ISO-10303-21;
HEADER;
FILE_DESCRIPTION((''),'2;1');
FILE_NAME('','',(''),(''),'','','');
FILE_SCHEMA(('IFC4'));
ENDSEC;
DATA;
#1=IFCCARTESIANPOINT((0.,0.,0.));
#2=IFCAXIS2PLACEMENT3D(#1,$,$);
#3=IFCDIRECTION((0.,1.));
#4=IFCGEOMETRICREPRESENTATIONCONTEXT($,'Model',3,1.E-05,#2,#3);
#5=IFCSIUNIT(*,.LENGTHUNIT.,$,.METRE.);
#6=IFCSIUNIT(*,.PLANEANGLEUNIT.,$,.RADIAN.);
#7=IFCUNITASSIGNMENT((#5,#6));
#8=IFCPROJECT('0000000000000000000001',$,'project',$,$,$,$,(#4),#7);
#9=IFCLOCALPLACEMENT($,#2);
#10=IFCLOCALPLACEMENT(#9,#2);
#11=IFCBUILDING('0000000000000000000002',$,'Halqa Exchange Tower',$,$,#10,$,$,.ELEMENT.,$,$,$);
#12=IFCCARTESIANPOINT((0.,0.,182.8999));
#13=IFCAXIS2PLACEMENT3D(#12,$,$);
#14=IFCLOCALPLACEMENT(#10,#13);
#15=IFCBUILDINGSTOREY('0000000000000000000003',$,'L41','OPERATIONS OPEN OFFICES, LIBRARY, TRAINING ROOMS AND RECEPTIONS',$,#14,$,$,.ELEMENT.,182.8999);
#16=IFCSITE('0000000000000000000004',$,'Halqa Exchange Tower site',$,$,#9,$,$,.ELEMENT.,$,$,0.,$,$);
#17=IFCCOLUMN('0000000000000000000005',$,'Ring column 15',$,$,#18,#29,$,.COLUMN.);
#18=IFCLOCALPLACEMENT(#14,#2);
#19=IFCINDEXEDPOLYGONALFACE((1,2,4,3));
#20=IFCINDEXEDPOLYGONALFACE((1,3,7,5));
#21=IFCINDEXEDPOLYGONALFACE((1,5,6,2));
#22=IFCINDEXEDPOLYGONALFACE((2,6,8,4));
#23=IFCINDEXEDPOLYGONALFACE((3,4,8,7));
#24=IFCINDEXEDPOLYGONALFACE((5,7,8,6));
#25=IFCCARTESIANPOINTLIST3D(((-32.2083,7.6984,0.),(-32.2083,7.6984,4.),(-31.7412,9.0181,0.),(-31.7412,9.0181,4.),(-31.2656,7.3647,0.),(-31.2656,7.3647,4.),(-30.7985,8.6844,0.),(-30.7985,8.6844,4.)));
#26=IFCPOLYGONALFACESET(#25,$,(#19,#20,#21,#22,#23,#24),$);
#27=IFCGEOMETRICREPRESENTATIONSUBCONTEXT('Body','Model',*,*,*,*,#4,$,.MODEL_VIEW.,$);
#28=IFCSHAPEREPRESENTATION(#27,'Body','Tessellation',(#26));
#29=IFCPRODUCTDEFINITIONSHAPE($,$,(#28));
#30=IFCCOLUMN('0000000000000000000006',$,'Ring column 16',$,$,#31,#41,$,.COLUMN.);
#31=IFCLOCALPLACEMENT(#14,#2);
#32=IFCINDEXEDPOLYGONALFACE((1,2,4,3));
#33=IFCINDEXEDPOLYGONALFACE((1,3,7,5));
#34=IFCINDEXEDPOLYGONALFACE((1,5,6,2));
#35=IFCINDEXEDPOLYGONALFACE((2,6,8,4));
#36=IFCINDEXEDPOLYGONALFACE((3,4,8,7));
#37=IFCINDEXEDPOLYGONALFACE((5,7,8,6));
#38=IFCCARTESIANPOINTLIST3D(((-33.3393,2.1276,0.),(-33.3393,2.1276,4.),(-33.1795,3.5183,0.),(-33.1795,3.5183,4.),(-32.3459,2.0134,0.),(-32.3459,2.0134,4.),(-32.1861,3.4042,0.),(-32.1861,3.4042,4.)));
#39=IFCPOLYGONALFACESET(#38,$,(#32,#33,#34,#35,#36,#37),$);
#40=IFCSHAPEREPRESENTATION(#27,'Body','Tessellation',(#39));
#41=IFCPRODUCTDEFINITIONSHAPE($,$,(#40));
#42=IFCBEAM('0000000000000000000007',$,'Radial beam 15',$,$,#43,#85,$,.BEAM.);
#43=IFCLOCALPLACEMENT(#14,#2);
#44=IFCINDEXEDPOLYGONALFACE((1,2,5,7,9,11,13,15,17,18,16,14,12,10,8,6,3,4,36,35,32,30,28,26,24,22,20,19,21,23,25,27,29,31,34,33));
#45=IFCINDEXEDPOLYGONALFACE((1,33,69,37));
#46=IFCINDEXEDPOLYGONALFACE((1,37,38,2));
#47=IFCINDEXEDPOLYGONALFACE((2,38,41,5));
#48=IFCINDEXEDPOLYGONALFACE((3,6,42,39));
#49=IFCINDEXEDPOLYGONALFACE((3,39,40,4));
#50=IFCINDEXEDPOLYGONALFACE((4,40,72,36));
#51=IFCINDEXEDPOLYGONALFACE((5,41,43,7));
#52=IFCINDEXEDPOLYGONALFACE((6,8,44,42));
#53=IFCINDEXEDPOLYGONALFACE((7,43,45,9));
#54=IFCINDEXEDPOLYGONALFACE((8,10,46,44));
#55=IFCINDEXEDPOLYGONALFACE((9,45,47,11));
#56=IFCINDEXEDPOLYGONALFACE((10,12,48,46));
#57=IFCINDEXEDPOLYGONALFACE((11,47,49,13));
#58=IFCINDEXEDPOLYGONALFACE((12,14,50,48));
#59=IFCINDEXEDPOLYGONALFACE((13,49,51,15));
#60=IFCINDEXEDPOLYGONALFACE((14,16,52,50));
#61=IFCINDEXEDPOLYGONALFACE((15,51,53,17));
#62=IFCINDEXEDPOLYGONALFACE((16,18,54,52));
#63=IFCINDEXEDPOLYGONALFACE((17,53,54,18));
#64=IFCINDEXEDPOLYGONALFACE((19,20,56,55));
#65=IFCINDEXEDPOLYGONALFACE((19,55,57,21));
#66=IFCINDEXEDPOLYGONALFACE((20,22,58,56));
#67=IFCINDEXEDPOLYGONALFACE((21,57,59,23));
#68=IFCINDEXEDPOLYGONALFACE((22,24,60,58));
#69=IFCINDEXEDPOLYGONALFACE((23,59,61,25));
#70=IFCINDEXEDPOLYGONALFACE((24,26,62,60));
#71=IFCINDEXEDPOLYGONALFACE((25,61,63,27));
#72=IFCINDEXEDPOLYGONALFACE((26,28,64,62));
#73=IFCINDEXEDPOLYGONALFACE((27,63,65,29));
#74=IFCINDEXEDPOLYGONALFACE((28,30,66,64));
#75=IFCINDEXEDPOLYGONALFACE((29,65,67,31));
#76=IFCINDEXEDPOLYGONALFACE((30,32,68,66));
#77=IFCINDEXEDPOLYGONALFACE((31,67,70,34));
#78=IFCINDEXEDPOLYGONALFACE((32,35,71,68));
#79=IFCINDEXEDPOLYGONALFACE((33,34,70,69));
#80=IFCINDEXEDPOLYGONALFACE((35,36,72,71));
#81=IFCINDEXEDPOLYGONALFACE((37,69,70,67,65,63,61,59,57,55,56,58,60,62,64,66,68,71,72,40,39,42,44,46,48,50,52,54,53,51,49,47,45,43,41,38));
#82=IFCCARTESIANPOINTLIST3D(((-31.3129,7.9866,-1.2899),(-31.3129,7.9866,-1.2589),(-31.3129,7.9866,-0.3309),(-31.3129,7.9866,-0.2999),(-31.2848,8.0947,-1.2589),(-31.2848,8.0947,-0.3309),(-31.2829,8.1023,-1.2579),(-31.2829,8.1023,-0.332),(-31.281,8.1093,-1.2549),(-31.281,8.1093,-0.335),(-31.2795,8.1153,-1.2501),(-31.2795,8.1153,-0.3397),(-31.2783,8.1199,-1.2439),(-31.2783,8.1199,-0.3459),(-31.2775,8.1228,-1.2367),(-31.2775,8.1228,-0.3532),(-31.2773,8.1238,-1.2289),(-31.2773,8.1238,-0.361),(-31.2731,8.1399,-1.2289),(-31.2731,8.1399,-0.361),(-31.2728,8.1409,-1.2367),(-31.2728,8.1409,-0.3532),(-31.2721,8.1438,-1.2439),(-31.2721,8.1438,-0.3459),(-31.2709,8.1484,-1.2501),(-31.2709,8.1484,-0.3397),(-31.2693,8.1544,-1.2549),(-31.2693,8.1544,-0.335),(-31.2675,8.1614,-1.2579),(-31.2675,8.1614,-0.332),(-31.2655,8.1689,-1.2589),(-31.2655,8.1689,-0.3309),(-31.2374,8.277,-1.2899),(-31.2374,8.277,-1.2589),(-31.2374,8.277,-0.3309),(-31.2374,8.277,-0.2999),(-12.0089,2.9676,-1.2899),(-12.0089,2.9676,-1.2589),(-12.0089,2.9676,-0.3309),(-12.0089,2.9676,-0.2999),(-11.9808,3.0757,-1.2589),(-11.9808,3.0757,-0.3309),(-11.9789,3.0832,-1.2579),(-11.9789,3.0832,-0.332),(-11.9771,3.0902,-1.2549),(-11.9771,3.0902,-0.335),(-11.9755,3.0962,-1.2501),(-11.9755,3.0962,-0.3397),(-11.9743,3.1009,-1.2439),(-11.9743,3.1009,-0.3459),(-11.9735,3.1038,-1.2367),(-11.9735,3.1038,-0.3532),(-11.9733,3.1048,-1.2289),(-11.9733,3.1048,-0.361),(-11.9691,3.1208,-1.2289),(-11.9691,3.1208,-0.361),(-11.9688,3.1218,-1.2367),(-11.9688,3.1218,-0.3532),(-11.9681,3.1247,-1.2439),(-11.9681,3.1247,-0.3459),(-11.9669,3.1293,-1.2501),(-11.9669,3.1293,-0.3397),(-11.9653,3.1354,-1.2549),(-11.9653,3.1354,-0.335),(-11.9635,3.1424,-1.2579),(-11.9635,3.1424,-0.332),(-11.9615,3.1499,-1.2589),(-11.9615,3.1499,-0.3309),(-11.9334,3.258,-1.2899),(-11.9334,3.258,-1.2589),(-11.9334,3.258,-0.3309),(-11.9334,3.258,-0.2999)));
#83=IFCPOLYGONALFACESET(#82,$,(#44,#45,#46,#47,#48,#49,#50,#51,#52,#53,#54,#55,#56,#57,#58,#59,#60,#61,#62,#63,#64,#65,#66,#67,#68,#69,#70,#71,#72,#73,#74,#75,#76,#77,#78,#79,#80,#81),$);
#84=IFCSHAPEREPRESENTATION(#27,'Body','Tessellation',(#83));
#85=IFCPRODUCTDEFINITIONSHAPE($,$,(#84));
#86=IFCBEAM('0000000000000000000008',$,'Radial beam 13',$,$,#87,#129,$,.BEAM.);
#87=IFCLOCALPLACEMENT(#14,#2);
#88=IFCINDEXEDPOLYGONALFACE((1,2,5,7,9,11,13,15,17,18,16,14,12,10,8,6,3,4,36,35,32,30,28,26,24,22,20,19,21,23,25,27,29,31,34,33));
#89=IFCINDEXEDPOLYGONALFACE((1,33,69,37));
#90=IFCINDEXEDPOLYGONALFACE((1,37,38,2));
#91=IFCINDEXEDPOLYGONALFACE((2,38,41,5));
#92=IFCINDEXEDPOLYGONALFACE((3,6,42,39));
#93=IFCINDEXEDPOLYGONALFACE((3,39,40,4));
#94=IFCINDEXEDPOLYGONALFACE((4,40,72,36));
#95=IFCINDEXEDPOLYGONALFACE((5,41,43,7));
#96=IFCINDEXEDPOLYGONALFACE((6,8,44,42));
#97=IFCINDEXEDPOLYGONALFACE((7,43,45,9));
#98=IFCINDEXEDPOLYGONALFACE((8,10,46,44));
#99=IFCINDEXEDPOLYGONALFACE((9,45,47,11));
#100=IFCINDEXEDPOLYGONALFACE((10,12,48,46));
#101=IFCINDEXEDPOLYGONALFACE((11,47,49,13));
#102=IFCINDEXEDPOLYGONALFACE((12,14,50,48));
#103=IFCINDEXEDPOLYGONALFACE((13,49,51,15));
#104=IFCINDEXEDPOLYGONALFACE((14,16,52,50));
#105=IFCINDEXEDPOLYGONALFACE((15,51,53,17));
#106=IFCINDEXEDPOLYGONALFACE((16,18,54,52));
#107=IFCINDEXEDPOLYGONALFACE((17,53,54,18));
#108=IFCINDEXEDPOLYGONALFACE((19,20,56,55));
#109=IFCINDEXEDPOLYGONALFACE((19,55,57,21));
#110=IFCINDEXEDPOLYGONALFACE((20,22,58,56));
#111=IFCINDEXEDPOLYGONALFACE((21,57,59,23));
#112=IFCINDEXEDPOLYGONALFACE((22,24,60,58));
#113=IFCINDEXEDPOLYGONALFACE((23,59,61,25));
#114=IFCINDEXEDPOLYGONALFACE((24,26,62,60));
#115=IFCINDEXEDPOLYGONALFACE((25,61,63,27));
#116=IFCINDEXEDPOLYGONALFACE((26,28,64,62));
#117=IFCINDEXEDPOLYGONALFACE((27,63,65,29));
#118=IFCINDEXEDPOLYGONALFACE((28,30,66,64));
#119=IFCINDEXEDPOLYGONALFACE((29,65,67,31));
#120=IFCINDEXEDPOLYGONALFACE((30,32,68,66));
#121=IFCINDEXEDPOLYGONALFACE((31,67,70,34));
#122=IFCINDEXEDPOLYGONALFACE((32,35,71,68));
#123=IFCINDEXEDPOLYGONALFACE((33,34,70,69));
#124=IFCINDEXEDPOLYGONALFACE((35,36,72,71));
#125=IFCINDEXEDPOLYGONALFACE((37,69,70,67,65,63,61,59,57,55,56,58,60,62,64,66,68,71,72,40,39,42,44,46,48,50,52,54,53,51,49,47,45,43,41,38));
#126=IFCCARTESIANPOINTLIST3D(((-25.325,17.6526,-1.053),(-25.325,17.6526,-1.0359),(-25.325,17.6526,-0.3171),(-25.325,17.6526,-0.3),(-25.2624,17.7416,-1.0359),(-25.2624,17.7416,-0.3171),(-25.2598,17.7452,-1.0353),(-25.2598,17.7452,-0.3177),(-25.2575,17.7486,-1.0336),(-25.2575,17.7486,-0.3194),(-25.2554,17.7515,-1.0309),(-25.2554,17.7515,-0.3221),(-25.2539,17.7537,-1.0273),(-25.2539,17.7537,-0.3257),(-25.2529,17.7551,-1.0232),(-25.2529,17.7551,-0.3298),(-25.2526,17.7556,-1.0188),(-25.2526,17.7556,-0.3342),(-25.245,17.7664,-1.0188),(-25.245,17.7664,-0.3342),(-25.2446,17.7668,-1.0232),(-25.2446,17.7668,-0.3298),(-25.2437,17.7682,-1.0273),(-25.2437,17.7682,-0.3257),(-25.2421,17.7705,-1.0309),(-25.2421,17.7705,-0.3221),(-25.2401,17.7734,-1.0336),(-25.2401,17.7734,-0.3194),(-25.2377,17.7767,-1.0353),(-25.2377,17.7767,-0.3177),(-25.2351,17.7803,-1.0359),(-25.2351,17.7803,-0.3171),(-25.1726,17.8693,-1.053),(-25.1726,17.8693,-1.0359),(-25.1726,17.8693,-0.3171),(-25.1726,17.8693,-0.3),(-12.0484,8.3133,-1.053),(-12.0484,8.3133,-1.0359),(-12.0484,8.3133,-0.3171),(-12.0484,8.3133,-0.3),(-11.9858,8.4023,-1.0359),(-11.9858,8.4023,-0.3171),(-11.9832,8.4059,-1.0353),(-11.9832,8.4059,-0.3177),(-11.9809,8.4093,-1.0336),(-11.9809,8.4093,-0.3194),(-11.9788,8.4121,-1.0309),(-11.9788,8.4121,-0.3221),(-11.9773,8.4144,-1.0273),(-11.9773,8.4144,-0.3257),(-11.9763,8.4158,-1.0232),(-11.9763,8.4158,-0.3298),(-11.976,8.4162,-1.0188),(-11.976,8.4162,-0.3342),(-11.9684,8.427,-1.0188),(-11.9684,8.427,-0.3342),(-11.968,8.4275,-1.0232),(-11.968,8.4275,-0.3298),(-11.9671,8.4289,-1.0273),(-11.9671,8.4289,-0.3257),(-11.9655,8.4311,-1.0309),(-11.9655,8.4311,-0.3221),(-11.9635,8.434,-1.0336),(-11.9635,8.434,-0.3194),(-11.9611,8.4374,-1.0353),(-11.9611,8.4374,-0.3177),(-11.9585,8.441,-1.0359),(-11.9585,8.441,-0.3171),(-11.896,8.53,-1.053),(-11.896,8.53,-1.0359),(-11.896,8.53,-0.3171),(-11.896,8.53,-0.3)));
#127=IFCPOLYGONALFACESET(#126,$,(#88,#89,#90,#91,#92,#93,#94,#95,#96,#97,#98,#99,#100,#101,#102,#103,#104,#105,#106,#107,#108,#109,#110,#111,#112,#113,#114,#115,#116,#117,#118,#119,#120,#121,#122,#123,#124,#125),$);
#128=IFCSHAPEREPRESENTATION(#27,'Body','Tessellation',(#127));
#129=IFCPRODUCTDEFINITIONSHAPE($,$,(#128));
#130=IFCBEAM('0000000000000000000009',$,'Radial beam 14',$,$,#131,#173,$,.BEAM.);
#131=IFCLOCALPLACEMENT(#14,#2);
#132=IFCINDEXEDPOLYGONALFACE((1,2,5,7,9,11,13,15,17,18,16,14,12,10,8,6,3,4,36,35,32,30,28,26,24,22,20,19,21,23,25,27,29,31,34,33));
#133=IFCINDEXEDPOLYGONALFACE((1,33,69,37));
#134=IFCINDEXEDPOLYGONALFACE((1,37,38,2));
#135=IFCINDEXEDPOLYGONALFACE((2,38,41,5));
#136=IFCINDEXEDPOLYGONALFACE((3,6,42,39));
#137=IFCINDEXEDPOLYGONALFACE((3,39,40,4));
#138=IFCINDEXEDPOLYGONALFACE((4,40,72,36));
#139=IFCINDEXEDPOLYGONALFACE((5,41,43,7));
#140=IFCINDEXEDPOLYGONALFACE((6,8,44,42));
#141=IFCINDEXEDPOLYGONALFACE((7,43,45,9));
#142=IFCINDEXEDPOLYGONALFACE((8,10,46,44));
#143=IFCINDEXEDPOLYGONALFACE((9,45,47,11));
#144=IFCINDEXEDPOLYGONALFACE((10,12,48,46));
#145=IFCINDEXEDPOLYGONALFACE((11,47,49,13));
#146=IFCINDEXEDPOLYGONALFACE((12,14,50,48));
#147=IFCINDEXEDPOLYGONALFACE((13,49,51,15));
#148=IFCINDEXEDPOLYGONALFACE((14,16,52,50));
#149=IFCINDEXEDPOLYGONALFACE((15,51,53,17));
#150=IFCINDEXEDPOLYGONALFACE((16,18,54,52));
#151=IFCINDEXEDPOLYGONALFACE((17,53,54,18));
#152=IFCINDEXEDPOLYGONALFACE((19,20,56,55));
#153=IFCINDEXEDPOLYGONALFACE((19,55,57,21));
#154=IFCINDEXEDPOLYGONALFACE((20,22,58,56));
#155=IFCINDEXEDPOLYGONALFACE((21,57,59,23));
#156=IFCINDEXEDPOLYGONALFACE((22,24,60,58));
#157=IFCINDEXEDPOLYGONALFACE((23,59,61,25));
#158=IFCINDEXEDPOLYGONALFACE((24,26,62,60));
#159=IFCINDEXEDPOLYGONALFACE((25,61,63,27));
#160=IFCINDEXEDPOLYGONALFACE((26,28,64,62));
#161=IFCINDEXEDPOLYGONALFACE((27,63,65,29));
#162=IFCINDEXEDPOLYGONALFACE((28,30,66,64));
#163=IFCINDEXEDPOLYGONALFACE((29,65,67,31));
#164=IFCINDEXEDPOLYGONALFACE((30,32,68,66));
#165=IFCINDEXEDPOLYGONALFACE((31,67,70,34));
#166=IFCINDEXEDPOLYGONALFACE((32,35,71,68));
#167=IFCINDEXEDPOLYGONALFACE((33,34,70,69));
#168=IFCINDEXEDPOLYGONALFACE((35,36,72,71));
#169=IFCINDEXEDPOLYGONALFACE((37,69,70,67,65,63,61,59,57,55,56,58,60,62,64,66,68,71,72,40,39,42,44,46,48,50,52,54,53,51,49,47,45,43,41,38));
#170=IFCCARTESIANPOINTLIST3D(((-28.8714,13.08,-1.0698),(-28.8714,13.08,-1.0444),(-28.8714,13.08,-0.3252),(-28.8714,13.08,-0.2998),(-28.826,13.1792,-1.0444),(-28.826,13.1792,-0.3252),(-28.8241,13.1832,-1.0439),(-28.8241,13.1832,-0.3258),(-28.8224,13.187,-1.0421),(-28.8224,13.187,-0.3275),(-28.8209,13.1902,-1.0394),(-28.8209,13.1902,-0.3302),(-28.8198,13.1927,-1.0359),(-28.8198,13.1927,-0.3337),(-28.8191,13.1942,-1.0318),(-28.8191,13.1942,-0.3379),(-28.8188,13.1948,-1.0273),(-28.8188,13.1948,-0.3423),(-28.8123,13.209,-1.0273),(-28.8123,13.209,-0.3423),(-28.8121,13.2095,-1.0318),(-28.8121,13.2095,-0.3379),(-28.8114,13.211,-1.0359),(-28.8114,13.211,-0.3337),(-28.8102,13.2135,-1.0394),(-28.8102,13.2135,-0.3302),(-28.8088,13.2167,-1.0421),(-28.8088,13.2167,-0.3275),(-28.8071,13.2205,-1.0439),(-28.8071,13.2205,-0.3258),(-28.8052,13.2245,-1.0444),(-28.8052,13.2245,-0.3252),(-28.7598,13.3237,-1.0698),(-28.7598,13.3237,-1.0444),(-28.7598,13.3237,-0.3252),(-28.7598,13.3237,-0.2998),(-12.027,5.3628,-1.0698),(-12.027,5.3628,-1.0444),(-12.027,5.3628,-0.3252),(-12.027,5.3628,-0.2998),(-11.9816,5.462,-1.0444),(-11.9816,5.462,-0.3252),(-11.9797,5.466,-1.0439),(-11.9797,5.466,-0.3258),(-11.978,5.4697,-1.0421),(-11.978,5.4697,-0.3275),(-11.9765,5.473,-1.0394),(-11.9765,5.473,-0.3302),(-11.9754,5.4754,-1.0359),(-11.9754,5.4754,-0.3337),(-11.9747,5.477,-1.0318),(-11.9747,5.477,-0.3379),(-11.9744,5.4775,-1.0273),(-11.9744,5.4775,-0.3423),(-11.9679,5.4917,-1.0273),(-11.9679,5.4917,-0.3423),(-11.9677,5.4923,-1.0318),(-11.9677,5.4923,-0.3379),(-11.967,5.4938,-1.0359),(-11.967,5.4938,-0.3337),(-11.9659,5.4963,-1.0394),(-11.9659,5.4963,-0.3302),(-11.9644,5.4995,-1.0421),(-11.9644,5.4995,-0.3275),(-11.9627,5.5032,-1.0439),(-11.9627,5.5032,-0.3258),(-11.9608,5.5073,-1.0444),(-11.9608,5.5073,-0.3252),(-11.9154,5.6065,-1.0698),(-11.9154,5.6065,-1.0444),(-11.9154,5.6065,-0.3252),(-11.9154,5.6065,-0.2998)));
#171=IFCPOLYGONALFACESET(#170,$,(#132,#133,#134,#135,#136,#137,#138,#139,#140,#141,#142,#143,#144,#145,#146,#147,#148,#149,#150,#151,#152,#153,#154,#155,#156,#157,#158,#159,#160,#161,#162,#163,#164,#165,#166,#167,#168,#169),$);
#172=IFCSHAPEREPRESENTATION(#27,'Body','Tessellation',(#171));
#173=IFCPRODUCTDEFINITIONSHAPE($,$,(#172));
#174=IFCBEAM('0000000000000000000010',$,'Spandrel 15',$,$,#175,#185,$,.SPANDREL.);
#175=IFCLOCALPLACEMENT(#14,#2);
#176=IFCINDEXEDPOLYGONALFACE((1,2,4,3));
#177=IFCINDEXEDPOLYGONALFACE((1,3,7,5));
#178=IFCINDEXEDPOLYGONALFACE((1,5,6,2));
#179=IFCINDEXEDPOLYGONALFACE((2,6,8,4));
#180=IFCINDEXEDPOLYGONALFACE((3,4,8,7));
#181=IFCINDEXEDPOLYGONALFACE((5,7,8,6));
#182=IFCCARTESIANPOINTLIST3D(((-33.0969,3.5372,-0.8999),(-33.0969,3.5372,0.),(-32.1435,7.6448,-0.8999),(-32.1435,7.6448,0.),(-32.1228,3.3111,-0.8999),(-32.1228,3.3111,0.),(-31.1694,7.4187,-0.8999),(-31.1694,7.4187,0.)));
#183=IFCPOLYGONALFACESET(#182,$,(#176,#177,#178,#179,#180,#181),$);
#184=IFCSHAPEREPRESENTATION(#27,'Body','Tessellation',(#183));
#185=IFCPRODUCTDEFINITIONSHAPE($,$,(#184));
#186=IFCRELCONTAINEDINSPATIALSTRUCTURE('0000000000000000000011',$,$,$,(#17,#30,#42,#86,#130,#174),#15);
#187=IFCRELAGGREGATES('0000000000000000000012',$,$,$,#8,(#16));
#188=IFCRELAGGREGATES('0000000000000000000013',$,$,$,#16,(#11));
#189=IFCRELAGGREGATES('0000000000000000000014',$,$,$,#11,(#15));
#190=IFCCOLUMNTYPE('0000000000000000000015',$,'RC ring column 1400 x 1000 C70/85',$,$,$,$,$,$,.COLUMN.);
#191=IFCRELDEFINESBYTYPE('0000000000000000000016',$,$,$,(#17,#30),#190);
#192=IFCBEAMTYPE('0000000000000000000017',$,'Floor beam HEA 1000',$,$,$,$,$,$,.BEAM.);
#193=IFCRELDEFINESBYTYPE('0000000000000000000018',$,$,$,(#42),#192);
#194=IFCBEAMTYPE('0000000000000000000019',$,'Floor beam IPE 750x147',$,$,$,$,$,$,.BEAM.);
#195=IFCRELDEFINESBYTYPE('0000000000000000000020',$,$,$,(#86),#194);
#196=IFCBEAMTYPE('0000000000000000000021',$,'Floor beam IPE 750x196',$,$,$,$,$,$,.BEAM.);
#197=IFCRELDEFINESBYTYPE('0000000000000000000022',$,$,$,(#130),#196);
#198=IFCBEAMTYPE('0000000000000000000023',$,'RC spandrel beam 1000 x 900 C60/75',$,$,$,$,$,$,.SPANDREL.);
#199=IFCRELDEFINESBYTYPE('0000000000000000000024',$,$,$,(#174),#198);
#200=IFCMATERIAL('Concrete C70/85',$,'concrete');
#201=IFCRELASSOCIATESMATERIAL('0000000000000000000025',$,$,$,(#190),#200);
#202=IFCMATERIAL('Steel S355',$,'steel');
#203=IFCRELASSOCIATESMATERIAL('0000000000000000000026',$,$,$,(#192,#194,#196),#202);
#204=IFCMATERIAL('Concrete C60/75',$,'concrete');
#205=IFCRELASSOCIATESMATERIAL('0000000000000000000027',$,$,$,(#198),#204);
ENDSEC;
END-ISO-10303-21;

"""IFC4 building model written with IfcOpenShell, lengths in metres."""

from ifc_helpers import new_model, si_unit, direction, frame, origin, origin_2d, place, context, subcontext, project, spatial, rectangle, i_section, extrude, material, material_profile, profile_set, type_object, element, save


model = new_model("IFC4")

# Units and contexts
model_context = context("Model", 3, precision=1e-05, world=origin(), true_north=direction((0.0, 1.0)))
body_context = subcontext(model_context, "Body", "Model", "MODEL_VIEW")
ifc_project = project(units=[si_unit("LENGTHUNIT", "METRE"), si_unit("PLANEANGLEUNIT", "RADIAN")], contexts=[model_context])

# Site, building, storey
site_placement = place(None, origin())
site = spatial("IfcSite", under=ifc_project, at=site_placement, Name="Halqa Exchange Tower site", CompositionType="ELEMENT", RefElevation=0.0)
building_placement = place(site_placement, origin())
building = spatial("IfcBuilding", under=site, at=building_placement, Name="Halqa Exchange Tower", CompositionType="ELEMENT")
storey_placement = place(building_placement, frame((0.0, 0.0, 182.8999)))
storey = spatial("IfcBuildingStorey", under=building, at=storey_placement, Name="L41", Description="OPERATIONS OPEN OFFICES, LIBRARY, TRAINING ROOMS AND RECEPTIONS", CompositionType="ELEMENT", Elevation=182.8999)

# Columns
ifc_material_1 = material(Name="Concrete C70/85", Category="concrete")
ifc_material_profile_1 = material_profile(ifc_material_1, rectangle(XDim=1.3999, YDim=1.0, at=origin_2d()), Name="1400 x 1000")
ifc_profile_set_1 = profile_set([ifc_material_profile_1], Name="Concrete C70/85")
column_type = type_object("IfcColumnType", Name="RC ring column 1400 x 1000 C70/85", PredefinedType="COLUMN", material=ifc_profile_set_1)
for number, where, z_axis, x_axis, name in (
    (1, (-31.5034, 8.1914, 0.0), (0.0, 0.0, 1.0), (-0.333632, -0.942703, 0.0), "Ring column 15"),
    (2, (-32.7627, 2.7659, 0.0), (0.0, 0.0, 1.0), (-0.114159, -0.993463, 0.0), "Ring column 16"),
):
    element("IfcColumn", number, at=place(storey_placement, frame(where, z_axis=z_axis, x_axis=x_axis)), inside=storey, type_object=column_type, Name=name, PredefinedType="COLUMN", context=body_context, shape_type="SweptSolid", body=[
        extrude(rectangle(XDim=1.3999, YDim=1.0, at=origin_2d()), origin(), (0.0, 0.0, 1.0), 4.0),
    ])

# Beams
ifc_material_2 = material(Name="Steel S355", Category="steel")
ifc_material_profile_2 = material_profile(ifc_material_2, i_section(OverallWidth=0.3, OverallDepth=0.99, WebThickness=0.0166, FlangeThickness=0.031, FilletRadius=0.03, at=origin_2d()), Name="HEA 1000")
ifc_profile_set_2 = profile_set([ifc_material_profile_2], Name="Steel S355")
beam_type_1 = type_object("IfcBeamType", Name="Floor beam HEA 1000", PredefinedType="BEAM", material=ifc_profile_set_2)
beam_1_placement = place(storey_placement, frame((-11.9712, 3.1128, -0.7949), z_axis=(-0.967822, 0.251635, 0.0), x_axis=(-0.251635, -0.967822, 0.0)))
element("IfcBeam", 3, at=beam_1_placement, inside=storey, type_object=beam_type_1, Name="Radial beam 15", PredefinedType="BEAM", context=body_context, shape_type="SweptSolid", body=[
    extrude(i_section(OverallWidth=0.3, OverallDepth=0.99, WebThickness=0.0166, FlangeThickness=0.031, FilletRadius=0.03, at=origin_2d()), origin(), (0.0, 0.0, 1.0), 19.9458),
])
ifc_material_profile_3 = material_profile(ifc_material_2, i_section(OverallWidth=0.2649, OverallDepth=0.7529, WebThickness=0.0132, FlangeThickness=0.0171, FilletRadius=0.0171, at=origin_2d()), Name="IPE 750x147")
ifc_profile_set_3 = profile_set([ifc_material_profile_3], Name="Steel S355")
beam_type_2 = type_object("IfcBeamType", Name="Floor beam IPE 750x147", PredefinedType="BEAM", material=ifc_profile_set_3)
beam_2_placement = place(storey_placement, frame((-11.9722, 8.4216, -0.6765), z_axis=(-0.817906, 0.575351, 0.0), x_axis=(-0.575351, -0.817906, 0.0)))
element("IfcBeam", 4, at=beam_2_placement, inside=storey, type_object=beam_type_2, Name="Radial beam 13", PredefinedType="BEAM", context=body_context, shape_type="SweptSolid", body=[
    extrude(i_section(OverallWidth=0.2649, OverallDepth=0.7529, WebThickness=0.0132, FlangeThickness=0.0171, FilletRadius=0.0171, at=origin_2d()), origin(), (0.0, 0.0, 1.0), 16.2324),
])
ifc_material_profile_4 = material_profile(ifc_material_2, i_section(OverallWidth=0.2681, OverallDepth=0.77, WebThickness=0.0156, FlangeThickness=0.0254, FilletRadius=0.0171, at=origin_2d()), Name="IPE 750x196")
ifc_profile_set_4 = profile_set([ifc_material_profile_4], Name="Steel S355")
beam_type_3 = type_object("IfcBeamType", Name="Floor beam IPE 750x196", PredefinedType="BEAM", material=ifc_profile_set_4)
beam_3_placement = place(storey_placement, frame((-11.9712, 5.4846, -0.6848), z_axis=(-0.909128, 0.416516, 0.0), x_axis=(-0.416516, -0.909128, 0.0)))
element("IfcBeam", 5, at=beam_3_placement, inside=storey, type_object=beam_type_3, Name="Radial beam 14", PredefinedType="BEAM", context=body_context, shape_type="SweptSolid", body=[
    extrude(i_section(OverallWidth=0.2681, OverallDepth=0.77, WebThickness=0.0156, FlangeThickness=0.0254, FilletRadius=0.0171, at=origin_2d()), origin(), (0.0, 0.0, 1.0), 18.5281),
])
ifc_material_3 = material(Name="Concrete C60/75", Category="concrete")
ifc_material_profile_5 = material_profile(ifc_material_3, rectangle(XDim=1.0, YDim=0.8999, at=origin_2d()), Name="1000 x 900")
ifc_profile_set_5 = profile_set([ifc_material_profile_5], Name="Concrete C60/75")
beam_type_4 = type_object("IfcBeamType", Name="RC spandrel beam 1000 x 900 C60/75", PredefinedType="SPANDREL", material=ifc_profile_set_5)
beam_4_placement = place(storey_placement, frame((-31.6565, 7.5317, -0.45), z_axis=(-0.226086, -0.974107, 0.0), x_axis=(0.974107, -0.226086, 0.0)))
element("IfcBeam", 6, at=beam_4_placement, inside=storey, type_object=beam_type_4, Name="Spandrel 15", PredefinedType="SPANDREL", context=body_context, shape_type="SweptSolid", body=[
    extrude(rectangle(XDim=1.0, YDim=0.8999, at=origin_2d()), origin(), (0.0, 0.0, 1.0), 4.2168),
])

save(model, "model.ifc")
